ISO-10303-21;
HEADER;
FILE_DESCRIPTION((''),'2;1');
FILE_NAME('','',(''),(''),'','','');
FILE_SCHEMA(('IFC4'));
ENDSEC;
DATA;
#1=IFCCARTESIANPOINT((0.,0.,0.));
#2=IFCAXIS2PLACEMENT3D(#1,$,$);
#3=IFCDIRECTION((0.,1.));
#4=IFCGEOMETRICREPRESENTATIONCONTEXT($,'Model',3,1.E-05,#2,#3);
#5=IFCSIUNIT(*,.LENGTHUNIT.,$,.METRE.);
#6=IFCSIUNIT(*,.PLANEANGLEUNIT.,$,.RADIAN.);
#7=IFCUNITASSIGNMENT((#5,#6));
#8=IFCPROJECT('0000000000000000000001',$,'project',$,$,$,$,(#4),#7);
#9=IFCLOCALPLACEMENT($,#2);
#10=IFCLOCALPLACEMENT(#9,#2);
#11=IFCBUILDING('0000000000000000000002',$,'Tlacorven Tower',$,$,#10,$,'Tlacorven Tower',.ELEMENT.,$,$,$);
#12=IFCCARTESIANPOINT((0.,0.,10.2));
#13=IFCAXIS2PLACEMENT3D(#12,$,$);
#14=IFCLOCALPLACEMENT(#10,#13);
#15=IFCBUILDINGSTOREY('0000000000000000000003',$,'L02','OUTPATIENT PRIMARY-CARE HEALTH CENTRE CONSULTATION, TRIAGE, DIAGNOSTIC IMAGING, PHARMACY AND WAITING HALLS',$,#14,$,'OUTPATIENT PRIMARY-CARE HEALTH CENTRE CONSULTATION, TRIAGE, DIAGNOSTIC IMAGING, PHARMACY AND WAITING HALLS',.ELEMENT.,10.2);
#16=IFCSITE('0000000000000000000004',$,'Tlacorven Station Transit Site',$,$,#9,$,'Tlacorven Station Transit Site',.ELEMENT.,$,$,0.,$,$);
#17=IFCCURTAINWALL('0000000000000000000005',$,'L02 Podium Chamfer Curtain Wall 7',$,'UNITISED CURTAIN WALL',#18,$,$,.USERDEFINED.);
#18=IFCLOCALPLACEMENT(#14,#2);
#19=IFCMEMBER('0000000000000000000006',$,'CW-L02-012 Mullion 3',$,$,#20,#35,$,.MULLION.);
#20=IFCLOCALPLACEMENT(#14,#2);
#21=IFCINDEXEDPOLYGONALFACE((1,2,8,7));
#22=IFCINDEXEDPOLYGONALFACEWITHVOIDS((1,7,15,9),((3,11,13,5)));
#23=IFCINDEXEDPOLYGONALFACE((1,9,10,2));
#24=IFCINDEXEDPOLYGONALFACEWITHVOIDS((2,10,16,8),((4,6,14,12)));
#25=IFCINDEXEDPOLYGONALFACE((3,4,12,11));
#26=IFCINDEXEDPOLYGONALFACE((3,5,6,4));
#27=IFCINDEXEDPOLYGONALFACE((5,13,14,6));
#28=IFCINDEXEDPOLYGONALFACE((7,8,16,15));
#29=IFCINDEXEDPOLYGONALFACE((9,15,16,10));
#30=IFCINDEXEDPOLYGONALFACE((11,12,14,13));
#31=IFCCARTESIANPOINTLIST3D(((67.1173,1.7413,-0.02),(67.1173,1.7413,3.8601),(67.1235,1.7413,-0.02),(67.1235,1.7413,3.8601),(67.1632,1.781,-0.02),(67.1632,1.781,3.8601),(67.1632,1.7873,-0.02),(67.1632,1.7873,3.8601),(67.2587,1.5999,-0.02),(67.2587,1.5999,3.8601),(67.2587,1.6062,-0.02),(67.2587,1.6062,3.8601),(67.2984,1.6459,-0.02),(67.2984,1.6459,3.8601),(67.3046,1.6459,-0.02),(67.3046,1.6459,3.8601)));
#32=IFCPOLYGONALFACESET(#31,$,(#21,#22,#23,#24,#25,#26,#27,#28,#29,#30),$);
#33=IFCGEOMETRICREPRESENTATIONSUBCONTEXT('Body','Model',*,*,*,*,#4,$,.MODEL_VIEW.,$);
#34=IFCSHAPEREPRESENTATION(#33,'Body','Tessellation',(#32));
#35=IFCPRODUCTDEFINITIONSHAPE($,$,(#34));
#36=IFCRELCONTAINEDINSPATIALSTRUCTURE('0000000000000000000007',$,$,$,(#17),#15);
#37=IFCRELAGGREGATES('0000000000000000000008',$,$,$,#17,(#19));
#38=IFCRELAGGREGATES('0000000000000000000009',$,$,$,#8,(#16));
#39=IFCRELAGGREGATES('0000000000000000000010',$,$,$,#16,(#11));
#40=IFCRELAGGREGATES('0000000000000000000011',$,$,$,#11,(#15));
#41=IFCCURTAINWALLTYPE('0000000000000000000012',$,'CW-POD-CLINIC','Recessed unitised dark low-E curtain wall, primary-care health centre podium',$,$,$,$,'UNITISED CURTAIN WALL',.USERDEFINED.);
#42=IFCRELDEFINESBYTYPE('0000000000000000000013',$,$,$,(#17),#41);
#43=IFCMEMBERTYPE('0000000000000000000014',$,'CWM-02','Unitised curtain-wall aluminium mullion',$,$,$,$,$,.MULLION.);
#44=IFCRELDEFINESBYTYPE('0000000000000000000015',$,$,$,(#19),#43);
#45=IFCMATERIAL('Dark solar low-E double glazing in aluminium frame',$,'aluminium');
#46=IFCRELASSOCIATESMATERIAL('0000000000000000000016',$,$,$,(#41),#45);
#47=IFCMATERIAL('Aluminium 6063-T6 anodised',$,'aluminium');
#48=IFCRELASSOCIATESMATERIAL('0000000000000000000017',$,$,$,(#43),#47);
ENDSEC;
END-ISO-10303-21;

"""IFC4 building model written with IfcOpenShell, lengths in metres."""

from ifc_helpers import new_model, si_unit, direction, frame, origin, origin_2d, place, context, subcontext, project, spatial, hollow_rectangle, extrude, source, transform, mapped, material, material_profile, profile_set, type_object, element, aggregate, save


model = new_model("IFC4")

# Units and contexts
model_context = context("Model", 3, precision=1e-05, world=origin(), true_north=direction((0.0, 1.0)))
body_context = subcontext(model_context, "Body", "Model", "MODEL_VIEW")
ifc_project = project(units=[si_unit("LENGTHUNIT", "METRE"), si_unit("PLANEANGLEUNIT", "RADIAN")], contexts=[model_context])

# Site, building, storey
site_placement = place(None, origin())
site = spatial("IfcSite", under=ifc_project, at=site_placement, Name="Tlacorven Station Transit Site", LongName="Tlacorven Station Transit Site", CompositionType="ELEMENT", RefElevation=0.0)
building_placement = place(site_placement, origin())
building = spatial("IfcBuilding", under=site, at=building_placement, Name="Tlacorven Tower", LongName="Tlacorven Tower", CompositionType="ELEMENT")
storey_placement = place(building_placement, frame((0.0, 0.0, 10.2)))
storey = spatial("IfcBuildingStorey", under=building, at=storey_placement, Name="L02", Description="OUTPATIENT PRIMARY-CARE HEALTH CENTRE CONSULTATION, TRIAGE, DIAGNOSTIC IMAGING, PHARMACY AND WAITING HALLS", LongName="OUTPATIENT PRIMARY-CARE HEALTH CENTRE CONSULTATION, TRIAGE, DIAGNOSTIC IMAGING, PHARMACY AND WAITING HALLS", CompositionType="ELEMENT", Elevation=10.2)

# Curtain wall, member
ifc_material_1 = material(Name="Dark solar low-E double glazing in aluminium frame", Category="aluminium")
curtain_wall_type = type_object("IfcCurtainWallType", Name="CW-POD-CLINIC", Description="Recessed unitised dark low-E curtain wall, primary-care health centre podium", ElementType="UNITISED CURTAIN WALL", PredefinedType="USERDEFINED", material=ifc_material_1)
curtain_wall_placement = place(storey_placement, origin())
curtain_wall = element("IfcCurtainWall", 1, at=curtain_wall_placement, inside=storey, type_object=curtain_wall_type, Name="L02 Podium Chamfer Curtain Wall 7", ObjectType="UNITISED CURTAIN WALL", PredefinedType="USERDEFINED")
ifc_material_2 = material(Name="Aluminium 6063-T6 anodised", Category="aluminium")
ifc_material_profile = material_profile(ifc_material_2, hollow_rectangle(XDim=0.0649, YDim=0.2, WallThickness=0.0044, at=origin_2d()), Name="ALU MULLION 65X200")
ifc_profile_set = profile_set([ifc_material_profile], Name="Aluminium 6063-T6 anodised")
member_type = type_object("IfcMemberType", Name="CWM-02", Description="Unitised curtain-wall aluminium mullion", PredefinedType="MULLION", material=ifc_profile_set)
shared_shape_1 = source(origin(), body_context, "Body", "SweptSolid", [
    extrude(hollow_rectangle(XDim=0.0649, YDim=0.2, WallThickness=0.0044, at=origin_2d()), origin(), (0.0, 0.0, 1.0), 3.8801),
])
member_placement = place(storey_placement, frame((67.2109, 1.6936, -0.02), z_axis=(0.0, 0.0, 1.0), x_axis=(-0.707107, -0.707107, 0.0)))
member = element("IfcMember", 2, at=member_placement, type_object=member_type, Name="CW-L02-012 Mullion 3", PredefinedType="MULLION", context=body_context, shape_type="MappedRepresentation", body=[
    mapped(shared_shape_1, transform((0.0, 0.0, 0.0), scale=1.0)),
])
aggregate(curtain_wall, [member])

save(model, "model.ifc")
